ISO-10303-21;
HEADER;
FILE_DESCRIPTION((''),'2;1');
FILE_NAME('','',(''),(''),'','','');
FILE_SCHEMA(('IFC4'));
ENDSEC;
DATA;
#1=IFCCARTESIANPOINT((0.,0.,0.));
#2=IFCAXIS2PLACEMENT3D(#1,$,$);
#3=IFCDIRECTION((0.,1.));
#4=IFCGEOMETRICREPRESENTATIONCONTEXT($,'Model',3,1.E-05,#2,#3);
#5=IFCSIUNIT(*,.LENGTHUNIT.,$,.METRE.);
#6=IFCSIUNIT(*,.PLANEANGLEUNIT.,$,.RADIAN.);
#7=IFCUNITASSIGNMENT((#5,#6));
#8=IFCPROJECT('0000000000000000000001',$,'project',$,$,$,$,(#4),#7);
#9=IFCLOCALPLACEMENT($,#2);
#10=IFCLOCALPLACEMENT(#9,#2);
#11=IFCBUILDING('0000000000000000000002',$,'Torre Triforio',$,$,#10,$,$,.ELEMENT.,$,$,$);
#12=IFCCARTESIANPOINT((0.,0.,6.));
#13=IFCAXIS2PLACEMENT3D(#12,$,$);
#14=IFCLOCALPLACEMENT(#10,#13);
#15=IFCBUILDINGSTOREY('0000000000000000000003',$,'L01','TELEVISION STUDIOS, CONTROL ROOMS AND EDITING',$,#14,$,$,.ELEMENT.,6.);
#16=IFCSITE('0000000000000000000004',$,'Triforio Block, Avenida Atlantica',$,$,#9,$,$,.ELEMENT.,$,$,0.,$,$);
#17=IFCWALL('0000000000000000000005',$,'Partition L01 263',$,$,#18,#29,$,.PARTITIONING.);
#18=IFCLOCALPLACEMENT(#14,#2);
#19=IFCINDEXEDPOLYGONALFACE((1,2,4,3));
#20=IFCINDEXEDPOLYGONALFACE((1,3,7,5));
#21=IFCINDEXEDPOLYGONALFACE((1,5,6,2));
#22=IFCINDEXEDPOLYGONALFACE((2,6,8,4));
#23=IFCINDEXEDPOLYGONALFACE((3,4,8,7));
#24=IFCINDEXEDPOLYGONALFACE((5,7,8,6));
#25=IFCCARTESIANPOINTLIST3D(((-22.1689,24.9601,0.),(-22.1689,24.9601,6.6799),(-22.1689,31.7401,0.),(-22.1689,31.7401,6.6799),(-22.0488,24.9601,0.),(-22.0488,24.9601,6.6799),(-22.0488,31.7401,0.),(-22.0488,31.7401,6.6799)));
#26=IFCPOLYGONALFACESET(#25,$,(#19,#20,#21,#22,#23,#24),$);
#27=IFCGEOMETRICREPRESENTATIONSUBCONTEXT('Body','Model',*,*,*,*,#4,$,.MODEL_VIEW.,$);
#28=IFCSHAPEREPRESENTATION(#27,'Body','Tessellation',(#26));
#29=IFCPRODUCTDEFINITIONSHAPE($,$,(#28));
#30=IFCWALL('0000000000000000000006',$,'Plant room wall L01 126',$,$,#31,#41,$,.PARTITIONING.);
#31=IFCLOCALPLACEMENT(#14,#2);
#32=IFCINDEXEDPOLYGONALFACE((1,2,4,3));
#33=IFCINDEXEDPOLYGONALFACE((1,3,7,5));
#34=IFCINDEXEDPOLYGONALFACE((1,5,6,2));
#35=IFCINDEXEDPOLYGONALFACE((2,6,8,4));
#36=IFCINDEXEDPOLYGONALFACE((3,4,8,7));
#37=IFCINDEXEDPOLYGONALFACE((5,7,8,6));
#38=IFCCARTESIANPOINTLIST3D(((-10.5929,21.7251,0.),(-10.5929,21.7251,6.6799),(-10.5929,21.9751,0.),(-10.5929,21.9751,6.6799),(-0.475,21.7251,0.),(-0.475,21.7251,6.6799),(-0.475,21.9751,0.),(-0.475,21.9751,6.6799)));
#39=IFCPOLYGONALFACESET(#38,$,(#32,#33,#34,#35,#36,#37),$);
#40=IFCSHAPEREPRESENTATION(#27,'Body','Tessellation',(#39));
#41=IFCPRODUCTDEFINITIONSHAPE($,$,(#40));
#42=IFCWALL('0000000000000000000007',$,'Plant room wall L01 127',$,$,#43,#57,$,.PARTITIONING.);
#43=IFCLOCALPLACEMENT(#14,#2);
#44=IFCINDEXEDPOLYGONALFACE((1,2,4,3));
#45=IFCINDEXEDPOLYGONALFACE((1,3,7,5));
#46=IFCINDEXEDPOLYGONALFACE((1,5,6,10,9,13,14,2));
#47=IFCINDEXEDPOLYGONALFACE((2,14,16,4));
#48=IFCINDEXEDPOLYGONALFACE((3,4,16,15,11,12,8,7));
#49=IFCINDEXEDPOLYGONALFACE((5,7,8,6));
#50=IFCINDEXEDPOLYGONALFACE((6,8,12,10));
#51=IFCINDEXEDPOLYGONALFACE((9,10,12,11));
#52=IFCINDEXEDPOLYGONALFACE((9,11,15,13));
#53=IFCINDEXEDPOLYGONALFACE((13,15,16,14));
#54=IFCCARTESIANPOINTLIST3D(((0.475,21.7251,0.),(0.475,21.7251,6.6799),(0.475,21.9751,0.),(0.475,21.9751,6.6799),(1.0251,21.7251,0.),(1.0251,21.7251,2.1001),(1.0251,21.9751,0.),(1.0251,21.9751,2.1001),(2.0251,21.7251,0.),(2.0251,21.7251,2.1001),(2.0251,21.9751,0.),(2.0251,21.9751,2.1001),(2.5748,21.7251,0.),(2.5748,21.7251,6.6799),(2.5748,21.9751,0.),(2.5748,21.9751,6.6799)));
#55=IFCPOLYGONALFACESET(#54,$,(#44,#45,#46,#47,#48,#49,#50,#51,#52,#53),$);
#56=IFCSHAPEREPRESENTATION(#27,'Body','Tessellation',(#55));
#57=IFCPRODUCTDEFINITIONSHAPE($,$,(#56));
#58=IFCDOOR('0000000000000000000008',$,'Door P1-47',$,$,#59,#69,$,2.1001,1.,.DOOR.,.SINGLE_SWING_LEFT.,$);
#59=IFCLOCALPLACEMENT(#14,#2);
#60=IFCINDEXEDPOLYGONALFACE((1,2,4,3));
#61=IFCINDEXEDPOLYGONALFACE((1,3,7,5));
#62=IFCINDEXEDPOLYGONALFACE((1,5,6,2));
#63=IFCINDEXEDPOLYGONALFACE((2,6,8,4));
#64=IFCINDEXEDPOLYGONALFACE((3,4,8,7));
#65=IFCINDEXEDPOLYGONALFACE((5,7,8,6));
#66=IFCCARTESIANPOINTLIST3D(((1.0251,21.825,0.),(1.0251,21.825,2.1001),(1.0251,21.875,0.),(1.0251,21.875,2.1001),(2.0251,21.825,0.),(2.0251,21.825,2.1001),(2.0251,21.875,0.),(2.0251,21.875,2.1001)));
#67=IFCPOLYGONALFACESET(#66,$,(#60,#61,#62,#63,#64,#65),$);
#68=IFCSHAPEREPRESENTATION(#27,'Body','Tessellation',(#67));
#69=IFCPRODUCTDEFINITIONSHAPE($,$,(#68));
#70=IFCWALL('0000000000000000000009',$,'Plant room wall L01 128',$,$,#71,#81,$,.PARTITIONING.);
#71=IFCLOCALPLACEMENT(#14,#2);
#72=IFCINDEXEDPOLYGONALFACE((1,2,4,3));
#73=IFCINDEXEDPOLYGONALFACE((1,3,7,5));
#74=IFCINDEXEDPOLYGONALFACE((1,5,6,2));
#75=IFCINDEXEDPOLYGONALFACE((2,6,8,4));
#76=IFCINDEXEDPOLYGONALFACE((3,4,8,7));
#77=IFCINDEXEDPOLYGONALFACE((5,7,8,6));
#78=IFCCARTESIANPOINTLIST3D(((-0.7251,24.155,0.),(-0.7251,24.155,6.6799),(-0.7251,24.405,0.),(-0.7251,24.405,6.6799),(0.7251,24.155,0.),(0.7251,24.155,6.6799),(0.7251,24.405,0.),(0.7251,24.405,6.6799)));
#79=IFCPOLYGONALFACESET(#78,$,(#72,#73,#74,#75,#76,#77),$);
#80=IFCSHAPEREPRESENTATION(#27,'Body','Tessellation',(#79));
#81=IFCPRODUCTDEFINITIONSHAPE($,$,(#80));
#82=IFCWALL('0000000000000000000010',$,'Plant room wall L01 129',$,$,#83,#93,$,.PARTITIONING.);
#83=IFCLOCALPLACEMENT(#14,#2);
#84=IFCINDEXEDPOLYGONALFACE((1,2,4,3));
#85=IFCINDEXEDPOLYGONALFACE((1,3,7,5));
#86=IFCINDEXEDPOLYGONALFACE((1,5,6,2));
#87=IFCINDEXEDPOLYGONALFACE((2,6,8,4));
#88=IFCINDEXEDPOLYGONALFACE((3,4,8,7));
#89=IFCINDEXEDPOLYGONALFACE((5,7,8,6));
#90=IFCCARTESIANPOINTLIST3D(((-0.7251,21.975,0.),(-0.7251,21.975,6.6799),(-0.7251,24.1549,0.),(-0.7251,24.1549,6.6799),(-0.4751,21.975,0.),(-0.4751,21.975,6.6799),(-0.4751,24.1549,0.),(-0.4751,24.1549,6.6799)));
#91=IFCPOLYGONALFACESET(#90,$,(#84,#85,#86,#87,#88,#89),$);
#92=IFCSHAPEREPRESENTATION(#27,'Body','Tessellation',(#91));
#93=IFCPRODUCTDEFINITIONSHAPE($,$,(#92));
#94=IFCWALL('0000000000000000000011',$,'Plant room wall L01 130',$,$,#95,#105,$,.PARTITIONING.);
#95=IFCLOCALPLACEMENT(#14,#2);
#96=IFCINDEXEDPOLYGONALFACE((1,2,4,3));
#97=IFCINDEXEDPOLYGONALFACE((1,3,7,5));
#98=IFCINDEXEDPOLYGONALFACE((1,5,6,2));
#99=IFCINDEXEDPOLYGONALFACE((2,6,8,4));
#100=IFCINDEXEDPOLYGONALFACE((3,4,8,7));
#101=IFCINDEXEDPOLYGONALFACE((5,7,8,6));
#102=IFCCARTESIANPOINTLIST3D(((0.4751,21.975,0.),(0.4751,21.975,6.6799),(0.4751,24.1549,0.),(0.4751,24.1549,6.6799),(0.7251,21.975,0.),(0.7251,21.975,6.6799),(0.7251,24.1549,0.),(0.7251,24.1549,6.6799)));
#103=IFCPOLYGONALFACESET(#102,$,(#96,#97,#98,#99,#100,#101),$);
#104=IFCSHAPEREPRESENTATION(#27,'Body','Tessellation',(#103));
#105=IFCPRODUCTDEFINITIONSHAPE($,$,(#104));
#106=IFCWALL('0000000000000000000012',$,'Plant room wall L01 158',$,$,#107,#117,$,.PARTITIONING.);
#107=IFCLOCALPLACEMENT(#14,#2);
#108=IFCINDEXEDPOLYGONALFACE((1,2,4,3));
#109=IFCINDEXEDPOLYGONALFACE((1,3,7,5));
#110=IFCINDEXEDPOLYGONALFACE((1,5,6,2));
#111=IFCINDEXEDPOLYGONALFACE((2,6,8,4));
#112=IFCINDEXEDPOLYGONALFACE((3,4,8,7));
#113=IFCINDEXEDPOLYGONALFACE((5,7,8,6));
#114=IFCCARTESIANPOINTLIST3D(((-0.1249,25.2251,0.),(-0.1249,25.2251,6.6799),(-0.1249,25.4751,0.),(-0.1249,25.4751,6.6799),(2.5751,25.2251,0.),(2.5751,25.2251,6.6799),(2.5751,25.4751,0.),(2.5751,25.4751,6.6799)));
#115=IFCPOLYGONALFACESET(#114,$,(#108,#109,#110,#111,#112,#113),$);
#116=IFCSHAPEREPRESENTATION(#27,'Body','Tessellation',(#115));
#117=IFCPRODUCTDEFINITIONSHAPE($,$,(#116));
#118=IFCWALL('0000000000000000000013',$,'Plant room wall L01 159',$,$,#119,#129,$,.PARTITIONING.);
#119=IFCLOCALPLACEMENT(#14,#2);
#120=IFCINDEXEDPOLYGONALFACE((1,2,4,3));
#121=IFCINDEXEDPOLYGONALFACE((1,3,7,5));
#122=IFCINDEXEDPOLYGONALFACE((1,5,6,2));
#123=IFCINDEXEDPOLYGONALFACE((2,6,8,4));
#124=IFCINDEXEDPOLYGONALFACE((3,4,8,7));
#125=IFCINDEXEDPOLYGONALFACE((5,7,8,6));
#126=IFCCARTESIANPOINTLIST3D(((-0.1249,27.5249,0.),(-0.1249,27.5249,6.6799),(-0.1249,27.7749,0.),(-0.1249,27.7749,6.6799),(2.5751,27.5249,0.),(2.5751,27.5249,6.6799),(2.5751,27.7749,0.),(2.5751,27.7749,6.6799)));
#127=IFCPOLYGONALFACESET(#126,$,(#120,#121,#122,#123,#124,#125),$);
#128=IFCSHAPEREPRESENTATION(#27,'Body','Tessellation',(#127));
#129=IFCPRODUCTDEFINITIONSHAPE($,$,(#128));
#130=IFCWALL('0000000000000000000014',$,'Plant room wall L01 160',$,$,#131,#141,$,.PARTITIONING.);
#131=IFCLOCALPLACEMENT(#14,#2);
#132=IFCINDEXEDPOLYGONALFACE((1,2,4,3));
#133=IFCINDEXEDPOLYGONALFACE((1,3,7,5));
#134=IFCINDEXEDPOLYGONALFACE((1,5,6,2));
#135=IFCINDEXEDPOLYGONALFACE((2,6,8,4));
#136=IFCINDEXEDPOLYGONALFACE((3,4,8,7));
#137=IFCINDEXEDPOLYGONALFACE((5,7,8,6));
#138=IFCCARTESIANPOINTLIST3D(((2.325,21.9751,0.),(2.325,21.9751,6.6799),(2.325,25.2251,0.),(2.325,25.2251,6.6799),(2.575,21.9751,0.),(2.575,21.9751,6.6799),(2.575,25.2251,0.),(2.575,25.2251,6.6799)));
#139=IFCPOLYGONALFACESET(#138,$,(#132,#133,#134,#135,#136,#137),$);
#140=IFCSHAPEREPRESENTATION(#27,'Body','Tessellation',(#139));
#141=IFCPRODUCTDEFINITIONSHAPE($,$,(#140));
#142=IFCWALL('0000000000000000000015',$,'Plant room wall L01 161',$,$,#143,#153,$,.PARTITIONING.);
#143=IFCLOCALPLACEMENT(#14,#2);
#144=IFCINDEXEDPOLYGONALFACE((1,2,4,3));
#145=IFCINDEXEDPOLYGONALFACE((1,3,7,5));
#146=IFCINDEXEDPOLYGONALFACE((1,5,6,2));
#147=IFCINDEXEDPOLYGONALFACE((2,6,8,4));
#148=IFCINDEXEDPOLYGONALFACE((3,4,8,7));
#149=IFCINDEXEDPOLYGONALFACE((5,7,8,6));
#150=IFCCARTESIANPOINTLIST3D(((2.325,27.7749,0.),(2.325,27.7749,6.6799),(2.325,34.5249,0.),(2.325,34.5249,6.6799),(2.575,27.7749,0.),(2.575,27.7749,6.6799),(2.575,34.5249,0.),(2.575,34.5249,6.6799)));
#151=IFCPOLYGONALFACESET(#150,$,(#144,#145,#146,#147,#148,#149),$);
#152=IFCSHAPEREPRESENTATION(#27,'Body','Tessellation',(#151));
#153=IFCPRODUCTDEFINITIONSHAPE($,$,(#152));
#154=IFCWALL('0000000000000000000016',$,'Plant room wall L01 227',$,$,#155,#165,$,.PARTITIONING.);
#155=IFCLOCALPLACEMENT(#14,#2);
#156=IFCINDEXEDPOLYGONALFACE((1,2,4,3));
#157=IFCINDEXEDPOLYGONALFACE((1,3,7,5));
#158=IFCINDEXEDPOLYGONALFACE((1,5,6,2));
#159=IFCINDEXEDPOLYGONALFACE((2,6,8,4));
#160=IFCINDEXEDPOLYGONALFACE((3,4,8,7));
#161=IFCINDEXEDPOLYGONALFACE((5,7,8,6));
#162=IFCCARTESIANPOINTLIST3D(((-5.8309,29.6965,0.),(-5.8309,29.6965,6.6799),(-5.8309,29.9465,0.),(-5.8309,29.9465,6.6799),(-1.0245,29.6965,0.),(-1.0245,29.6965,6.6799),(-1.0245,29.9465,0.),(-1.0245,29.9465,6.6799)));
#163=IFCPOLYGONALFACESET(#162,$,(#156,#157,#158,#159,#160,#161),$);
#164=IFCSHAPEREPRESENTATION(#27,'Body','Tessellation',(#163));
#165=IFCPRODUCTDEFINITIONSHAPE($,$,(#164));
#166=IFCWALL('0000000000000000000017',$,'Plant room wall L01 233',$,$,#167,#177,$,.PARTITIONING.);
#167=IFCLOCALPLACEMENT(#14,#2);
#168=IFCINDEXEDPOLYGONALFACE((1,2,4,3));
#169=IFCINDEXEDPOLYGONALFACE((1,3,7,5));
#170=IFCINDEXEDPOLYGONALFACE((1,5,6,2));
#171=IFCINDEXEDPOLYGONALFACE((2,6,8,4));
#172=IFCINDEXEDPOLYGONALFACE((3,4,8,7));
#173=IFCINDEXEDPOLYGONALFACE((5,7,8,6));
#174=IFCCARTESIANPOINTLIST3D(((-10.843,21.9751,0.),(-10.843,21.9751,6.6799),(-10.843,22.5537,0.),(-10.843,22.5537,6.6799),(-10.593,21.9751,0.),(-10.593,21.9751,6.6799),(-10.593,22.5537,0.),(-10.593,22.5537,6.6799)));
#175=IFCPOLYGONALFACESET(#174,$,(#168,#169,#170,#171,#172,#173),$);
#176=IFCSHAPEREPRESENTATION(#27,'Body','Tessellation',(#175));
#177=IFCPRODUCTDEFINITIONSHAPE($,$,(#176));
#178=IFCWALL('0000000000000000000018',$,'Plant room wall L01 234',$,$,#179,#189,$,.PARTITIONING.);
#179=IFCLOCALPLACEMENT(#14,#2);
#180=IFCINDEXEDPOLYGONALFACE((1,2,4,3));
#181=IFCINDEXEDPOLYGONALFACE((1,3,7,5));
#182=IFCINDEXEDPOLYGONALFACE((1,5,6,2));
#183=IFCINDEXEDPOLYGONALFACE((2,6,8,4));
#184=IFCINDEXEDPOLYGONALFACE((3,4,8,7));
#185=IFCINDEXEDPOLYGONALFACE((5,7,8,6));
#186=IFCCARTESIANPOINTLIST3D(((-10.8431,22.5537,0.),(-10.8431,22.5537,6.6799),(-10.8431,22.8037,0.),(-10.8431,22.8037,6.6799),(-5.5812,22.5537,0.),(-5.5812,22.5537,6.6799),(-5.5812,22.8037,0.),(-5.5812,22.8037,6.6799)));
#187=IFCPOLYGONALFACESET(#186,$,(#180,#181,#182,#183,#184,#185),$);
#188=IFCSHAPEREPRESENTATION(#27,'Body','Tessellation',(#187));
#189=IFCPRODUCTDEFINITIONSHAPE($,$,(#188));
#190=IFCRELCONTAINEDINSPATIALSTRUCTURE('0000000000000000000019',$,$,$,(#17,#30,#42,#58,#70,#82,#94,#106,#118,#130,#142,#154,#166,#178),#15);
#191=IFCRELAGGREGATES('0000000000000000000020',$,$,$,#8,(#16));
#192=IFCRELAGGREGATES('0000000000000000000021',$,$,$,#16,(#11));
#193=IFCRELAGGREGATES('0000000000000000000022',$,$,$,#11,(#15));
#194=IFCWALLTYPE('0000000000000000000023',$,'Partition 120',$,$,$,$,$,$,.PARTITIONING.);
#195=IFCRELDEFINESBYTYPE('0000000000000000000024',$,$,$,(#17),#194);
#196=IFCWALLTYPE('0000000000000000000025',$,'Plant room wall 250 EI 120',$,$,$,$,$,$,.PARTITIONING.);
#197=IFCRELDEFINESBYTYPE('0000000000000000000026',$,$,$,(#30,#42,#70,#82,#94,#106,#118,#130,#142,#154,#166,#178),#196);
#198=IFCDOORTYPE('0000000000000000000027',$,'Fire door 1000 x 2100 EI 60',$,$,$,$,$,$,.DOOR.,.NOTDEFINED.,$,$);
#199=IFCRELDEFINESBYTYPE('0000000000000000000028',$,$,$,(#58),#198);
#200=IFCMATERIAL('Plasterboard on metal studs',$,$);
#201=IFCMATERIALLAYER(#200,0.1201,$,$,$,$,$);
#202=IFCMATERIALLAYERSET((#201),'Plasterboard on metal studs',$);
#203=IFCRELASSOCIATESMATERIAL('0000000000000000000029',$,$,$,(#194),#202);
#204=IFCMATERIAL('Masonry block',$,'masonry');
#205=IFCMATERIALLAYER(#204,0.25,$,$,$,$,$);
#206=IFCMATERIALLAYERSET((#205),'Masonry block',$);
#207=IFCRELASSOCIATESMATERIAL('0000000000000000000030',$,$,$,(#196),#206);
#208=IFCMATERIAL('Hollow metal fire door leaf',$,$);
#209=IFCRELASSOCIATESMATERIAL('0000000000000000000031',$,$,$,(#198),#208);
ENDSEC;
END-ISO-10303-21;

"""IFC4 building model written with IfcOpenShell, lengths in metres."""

from ifc_helpers import new_model, si_unit, direction, frame, frame_2d, origin, place, context, subcontext, project, spatial, rectangle, extrude, material, layer, layer_set, type_object, element, fill, save


model = new_model("IFC4")

# Units and contexts
model_context = context("Model", 3, precision=1e-05, world=origin(), true_north=direction((0.0, 1.0)))
body_context = subcontext(model_context, "Body", "Model", "MODEL_VIEW")
ifc_project = project(units=[si_unit("LENGTHUNIT", "METRE"), si_unit("PLANEANGLEUNIT", "RADIAN")], contexts=[model_context])

# Site, building, storey
site_placement = place(None, origin())
site = spatial("IfcSite", under=ifc_project, at=site_placement, Name="Triforio Block, Avenida Atlantica", CompositionType="ELEMENT", RefElevation=0.0)
building_placement = place(site_placement, origin())
building = spatial("IfcBuilding", under=site, at=building_placement, Name="Torre Triforio", CompositionType="ELEMENT")
storey_placement = place(building_placement, frame((0.0, 0.0, 6.0)))
storey = spatial("IfcBuildingStorey", under=building, at=storey_placement, Name="L01", Description="TELEVISION STUDIOS, CONTROL ROOMS AND EDITING", CompositionType="ELEMENT", Elevation=6.0)

# Shared definitions
ifc_material_1 = material(Name="Plasterboard on metal studs")

# Walls
ifc_layer_1 = layer(ifc_material_1, 0.1201)
ifc_layer_set_1 = layer_set([ifc_layer_1], Name="Plasterboard on metal studs")
wall_type_1 = type_object("IfcWallType", Name="Partition 120", PredefinedType="PARTITIONING", material=ifc_layer_set_1)
wall_1_placement = place(storey_placement, frame((-22.1089, 24.96, 0.0), z_axis=(0.0, 0.0, 1.0), x_axis=(0.0, 1.0, 0.0)))
element("IfcWall", 1, at=wall_1_placement, inside=storey, type_object=wall_type_1, Name="Partition L01 263", PredefinedType="PARTITIONING", context=body_context, shape_type="SweptSolid", body=[
    extrude(rectangle(XDim=6.78, YDim=0.1201, at=frame_2d((3.3901, 0.0))), origin(), (0.0, 0.0, 1.0), 6.6799),
])
ifc_material_2 = material(Name="Masonry block", Category="masonry")
ifc_layer_2 = layer(ifc_material_2, 0.25)
ifc_layer_set_2 = layer_set([ifc_layer_2], Name="Masonry block")
wall_type_2 = type_object("IfcWallType", Name="Plant room wall 250 EI 120", PredefinedType="PARTITIONING", material=ifc_layer_set_2)
wall_2_placement = place(storey_placement, frame((-10.593, 21.8501, 0.0), z_axis=(0.0, 0.0, 1.0), x_axis=(1.0, 0.0, 0.0)))
element("IfcWall", 2, at=wall_2_placement, inside=storey, type_object=wall_type_2, Name="Plant room wall L01 126", PredefinedType="PARTITIONING", context=body_context, shape_type="SweptSolid", body=[
    extrude(rectangle(XDim=10.1179, YDim=0.25, at=frame_2d((5.0591, 0.0))), origin(), (0.0, 0.0, 1.0), 6.6799),
])

# Wall, opening, door
wall_3_placement = place(storey_placement, frame((0.4751, 21.8501, 0.0), z_axis=(0.0, 0.0, 1.0), x_axis=(1.0, 0.0, 0.0)))
wall_3 = element("IfcWall", 3, at=wall_3_placement, inside=storey, type_object=wall_type_2, Name="Plant room wall L01 127", PredefinedType="PARTITIONING", context=body_context, shape_type="SweptSolid", body=[
    extrude(rectangle(XDim=2.0999, YDim=0.25, at=frame_2d((1.0498, 0.0))), origin(), (0.0, 0.0, 1.0), 6.6799),
])
opening_1_placement = place(wall_3_placement, frame((0.55, 0.0, 0.0)))
opening_1 = element("IfcOpeningElement", 4, at=opening_1_placement, cuts=wall_3, PredefinedType="OPENING", context=body_context, shape_type="SweptSolid", body=[
    extrude(rectangle(XDim=1.0, YDim=2.1001, at=frame_2d((0.5, 1.05))), frame((0.0, 0.135, 0.0), z_axis=(0.0, -1.0, 0.0), x_axis=(1.0, 0.0, 0.0)), (0.0, 0.0, 1.0), 0.27),
])
ifc_material_3 = material(Name="Hollow metal fire door leaf")
door_type_1 = type_object("IfcDoorType", Name="Fire door 1000 x 2100 EI 60", OperationType="NOTDEFINED", PredefinedType="DOOR", material=ifc_material_3)
door_1_placement = place(opening_1_placement, origin())
door_1 = element("IfcDoor", 5, at=door_1_placement, inside=storey, type_object=door_type_1, Name="Door P1-47", OperationType="SINGLE_SWING_LEFT", OverallHeight=2.1001, OverallWidth=1.0, PredefinedType="DOOR", context=body_context, shape_type="SweptSolid", body=[
    extrude(rectangle(XDim=1.0, YDim=2.1001, at=frame_2d((0.5, 1.05))), frame((0.0, 0.0249, 0.0), z_axis=(0.0, -1.0, 0.0), x_axis=(1.0, 0.0, 0.0)), (0.0, 0.0, 1.0), 0.05),
])
fill(opening_1, door_1)

# Walls
wall_4_placement = place(storey_placement, frame((-0.7251, 24.28, 0.0), z_axis=(0.0, 0.0, 1.0), x_axis=(1.0, 0.0, 0.0)))
element("IfcWall", 6, at=wall_4_placement, inside=storey, type_object=wall_type_2, Name="Plant room wall L01 128", PredefinedType="PARTITIONING", context=body_context, shape_type="SweptSolid", body=[
    extrude(rectangle(XDim=1.4502, YDim=0.25, at=frame_2d((0.7251, 0.0))), origin(), (0.0, 0.0, 1.0), 6.6799),
])
for number, where, z_axis, x_axis, name in (
    (7, (-0.6001, 21.9751, 0.0), (0.0, 0.0, 1.0), (0.0, 1.0, 0.0), "Plant room wall L01 129"),
    (8, (0.6001, 21.9751, 0.0), (0.0, 0.0, 1.0), (0.0, 1.0, 0.0), "Plant room wall L01 130"),
):
    element("IfcWall", number, at=place(storey_placement, frame(where, z_axis=z_axis, x_axis=x_axis)), inside=storey, type_object=wall_type_2, Name=name, PredefinedType="PARTITIONING", context=body_context, shape_type="SweptSolid", body=[
        extrude(rectangle(XDim=2.1799, YDim=0.25, at=frame_2d((1.0898, 0.0))), origin(), (0.0, 0.0, 1.0), 6.6799),
    ])
for number, where, z_axis, x_axis, name in (
    (9, (-0.125, 25.3501, 0.0), (0.0, 0.0, 1.0), (1.0, 0.0, 0.0), "Plant room wall L01 158"),
    (10, (-0.125, 27.6499, 0.0), (0.0, 0.0, 1.0), (1.0, 0.0, 0.0), "Plant room wall L01 159"),
):
    element("IfcWall", number, at=place(storey_placement, frame(where, z_axis=z_axis, x_axis=x_axis)), inside=storey, type_object=wall_type_2, Name=name, PredefinedType="PARTITIONING", context=body_context, shape_type="SweptSolid", body=[
        extrude(rectangle(XDim=2.7, YDim=0.25, at=frame_2d((1.3501, 0.0))), origin(), (0.0, 0.0, 1.0), 6.6799),
    ])
wall_5_placement = place(storey_placement, frame((2.45, 21.9751, 0.0), z_axis=(0.0, 0.0, 1.0), x_axis=(0.0, 1.0, 0.0)))
element("IfcWall", 11, at=wall_5_placement, inside=storey, type_object=wall_type_2, Name="Plant room wall L01 160", PredefinedType="PARTITIONING", context=body_context, shape_type="SweptSolid", body=[
    extrude(rectangle(XDim=3.25, YDim=0.25, at=frame_2d((1.625, 0.0))), origin(), (0.0, 0.0, 1.0), 6.6799),
])
wall_6_placement = place(storey_placement, frame((2.45, 27.7749, 0.0), z_axis=(0.0, 0.0, 1.0), x_axis=(0.0, 1.0, 0.0)))
element("IfcWall", 12, at=wall_6_placement, inside=storey, type_object=wall_type_2, Name="Plant room wall L01 161", PredefinedType="PARTITIONING", context=body_context, shape_type="SweptSolid", body=[
    extrude(rectangle(XDim=6.75, YDim=0.25, at=frame_2d((3.375, 0.0))), origin(), (0.0, 0.0, 1.0), 6.6799),
])
wall_7_placement = place(storey_placement, frame((-5.8311, 29.8215, 0.0), z_axis=(0.0, 0.0, 1.0), x_axis=(1.0, 0.0, 0.0)))
element("IfcWall", 13, at=wall_7_placement, inside=storey, type_object=wall_type_2, Name="Plant room wall L01 227", PredefinedType="PARTITIONING", context=body_context, shape_type="SweptSolid", body=[
    extrude(rectangle(XDim=4.8064, YDim=0.25, at=frame_2d((2.4033, 0.0))), origin(), (0.0, 0.0, 1.0), 6.6799),
])
wall_8_placement = place(storey_placement, frame((-10.718, 21.9751, 0.0), z_axis=(0.0, 0.0, 1.0), x_axis=(0.0, 1.0, 0.0)))
element("IfcWall", 14, at=wall_8_placement, inside=storey, type_object=wall_type_2, Name="Plant room wall L01 233", PredefinedType="PARTITIONING", context=body_context, shape_type="SweptSolid", body=[
    extrude(rectangle(XDim=0.5786, YDim=0.25, at=frame_2d((0.2893, 0.0))), origin(), (0.0, 0.0, 1.0), 6.6799),
])
wall_9_placement = place(storey_placement, frame((-10.843, 22.6787, 0.0), z_axis=(0.0, 0.0, 1.0), x_axis=(1.0, 0.0, 0.0)))
element("IfcWall", 15, at=wall_9_placement, inside=storey, type_object=wall_type_2, Name="Plant room wall L01 234", PredefinedType="PARTITIONING", context=body_context, shape_type="SweptSolid", body=[
    extrude(rectangle(XDim=5.262, YDim=0.25, at=frame_2d((2.6309, 0.0))), origin(), (0.0, 0.0, 1.0), 6.6799),
])

save(model, "model.ifc")
